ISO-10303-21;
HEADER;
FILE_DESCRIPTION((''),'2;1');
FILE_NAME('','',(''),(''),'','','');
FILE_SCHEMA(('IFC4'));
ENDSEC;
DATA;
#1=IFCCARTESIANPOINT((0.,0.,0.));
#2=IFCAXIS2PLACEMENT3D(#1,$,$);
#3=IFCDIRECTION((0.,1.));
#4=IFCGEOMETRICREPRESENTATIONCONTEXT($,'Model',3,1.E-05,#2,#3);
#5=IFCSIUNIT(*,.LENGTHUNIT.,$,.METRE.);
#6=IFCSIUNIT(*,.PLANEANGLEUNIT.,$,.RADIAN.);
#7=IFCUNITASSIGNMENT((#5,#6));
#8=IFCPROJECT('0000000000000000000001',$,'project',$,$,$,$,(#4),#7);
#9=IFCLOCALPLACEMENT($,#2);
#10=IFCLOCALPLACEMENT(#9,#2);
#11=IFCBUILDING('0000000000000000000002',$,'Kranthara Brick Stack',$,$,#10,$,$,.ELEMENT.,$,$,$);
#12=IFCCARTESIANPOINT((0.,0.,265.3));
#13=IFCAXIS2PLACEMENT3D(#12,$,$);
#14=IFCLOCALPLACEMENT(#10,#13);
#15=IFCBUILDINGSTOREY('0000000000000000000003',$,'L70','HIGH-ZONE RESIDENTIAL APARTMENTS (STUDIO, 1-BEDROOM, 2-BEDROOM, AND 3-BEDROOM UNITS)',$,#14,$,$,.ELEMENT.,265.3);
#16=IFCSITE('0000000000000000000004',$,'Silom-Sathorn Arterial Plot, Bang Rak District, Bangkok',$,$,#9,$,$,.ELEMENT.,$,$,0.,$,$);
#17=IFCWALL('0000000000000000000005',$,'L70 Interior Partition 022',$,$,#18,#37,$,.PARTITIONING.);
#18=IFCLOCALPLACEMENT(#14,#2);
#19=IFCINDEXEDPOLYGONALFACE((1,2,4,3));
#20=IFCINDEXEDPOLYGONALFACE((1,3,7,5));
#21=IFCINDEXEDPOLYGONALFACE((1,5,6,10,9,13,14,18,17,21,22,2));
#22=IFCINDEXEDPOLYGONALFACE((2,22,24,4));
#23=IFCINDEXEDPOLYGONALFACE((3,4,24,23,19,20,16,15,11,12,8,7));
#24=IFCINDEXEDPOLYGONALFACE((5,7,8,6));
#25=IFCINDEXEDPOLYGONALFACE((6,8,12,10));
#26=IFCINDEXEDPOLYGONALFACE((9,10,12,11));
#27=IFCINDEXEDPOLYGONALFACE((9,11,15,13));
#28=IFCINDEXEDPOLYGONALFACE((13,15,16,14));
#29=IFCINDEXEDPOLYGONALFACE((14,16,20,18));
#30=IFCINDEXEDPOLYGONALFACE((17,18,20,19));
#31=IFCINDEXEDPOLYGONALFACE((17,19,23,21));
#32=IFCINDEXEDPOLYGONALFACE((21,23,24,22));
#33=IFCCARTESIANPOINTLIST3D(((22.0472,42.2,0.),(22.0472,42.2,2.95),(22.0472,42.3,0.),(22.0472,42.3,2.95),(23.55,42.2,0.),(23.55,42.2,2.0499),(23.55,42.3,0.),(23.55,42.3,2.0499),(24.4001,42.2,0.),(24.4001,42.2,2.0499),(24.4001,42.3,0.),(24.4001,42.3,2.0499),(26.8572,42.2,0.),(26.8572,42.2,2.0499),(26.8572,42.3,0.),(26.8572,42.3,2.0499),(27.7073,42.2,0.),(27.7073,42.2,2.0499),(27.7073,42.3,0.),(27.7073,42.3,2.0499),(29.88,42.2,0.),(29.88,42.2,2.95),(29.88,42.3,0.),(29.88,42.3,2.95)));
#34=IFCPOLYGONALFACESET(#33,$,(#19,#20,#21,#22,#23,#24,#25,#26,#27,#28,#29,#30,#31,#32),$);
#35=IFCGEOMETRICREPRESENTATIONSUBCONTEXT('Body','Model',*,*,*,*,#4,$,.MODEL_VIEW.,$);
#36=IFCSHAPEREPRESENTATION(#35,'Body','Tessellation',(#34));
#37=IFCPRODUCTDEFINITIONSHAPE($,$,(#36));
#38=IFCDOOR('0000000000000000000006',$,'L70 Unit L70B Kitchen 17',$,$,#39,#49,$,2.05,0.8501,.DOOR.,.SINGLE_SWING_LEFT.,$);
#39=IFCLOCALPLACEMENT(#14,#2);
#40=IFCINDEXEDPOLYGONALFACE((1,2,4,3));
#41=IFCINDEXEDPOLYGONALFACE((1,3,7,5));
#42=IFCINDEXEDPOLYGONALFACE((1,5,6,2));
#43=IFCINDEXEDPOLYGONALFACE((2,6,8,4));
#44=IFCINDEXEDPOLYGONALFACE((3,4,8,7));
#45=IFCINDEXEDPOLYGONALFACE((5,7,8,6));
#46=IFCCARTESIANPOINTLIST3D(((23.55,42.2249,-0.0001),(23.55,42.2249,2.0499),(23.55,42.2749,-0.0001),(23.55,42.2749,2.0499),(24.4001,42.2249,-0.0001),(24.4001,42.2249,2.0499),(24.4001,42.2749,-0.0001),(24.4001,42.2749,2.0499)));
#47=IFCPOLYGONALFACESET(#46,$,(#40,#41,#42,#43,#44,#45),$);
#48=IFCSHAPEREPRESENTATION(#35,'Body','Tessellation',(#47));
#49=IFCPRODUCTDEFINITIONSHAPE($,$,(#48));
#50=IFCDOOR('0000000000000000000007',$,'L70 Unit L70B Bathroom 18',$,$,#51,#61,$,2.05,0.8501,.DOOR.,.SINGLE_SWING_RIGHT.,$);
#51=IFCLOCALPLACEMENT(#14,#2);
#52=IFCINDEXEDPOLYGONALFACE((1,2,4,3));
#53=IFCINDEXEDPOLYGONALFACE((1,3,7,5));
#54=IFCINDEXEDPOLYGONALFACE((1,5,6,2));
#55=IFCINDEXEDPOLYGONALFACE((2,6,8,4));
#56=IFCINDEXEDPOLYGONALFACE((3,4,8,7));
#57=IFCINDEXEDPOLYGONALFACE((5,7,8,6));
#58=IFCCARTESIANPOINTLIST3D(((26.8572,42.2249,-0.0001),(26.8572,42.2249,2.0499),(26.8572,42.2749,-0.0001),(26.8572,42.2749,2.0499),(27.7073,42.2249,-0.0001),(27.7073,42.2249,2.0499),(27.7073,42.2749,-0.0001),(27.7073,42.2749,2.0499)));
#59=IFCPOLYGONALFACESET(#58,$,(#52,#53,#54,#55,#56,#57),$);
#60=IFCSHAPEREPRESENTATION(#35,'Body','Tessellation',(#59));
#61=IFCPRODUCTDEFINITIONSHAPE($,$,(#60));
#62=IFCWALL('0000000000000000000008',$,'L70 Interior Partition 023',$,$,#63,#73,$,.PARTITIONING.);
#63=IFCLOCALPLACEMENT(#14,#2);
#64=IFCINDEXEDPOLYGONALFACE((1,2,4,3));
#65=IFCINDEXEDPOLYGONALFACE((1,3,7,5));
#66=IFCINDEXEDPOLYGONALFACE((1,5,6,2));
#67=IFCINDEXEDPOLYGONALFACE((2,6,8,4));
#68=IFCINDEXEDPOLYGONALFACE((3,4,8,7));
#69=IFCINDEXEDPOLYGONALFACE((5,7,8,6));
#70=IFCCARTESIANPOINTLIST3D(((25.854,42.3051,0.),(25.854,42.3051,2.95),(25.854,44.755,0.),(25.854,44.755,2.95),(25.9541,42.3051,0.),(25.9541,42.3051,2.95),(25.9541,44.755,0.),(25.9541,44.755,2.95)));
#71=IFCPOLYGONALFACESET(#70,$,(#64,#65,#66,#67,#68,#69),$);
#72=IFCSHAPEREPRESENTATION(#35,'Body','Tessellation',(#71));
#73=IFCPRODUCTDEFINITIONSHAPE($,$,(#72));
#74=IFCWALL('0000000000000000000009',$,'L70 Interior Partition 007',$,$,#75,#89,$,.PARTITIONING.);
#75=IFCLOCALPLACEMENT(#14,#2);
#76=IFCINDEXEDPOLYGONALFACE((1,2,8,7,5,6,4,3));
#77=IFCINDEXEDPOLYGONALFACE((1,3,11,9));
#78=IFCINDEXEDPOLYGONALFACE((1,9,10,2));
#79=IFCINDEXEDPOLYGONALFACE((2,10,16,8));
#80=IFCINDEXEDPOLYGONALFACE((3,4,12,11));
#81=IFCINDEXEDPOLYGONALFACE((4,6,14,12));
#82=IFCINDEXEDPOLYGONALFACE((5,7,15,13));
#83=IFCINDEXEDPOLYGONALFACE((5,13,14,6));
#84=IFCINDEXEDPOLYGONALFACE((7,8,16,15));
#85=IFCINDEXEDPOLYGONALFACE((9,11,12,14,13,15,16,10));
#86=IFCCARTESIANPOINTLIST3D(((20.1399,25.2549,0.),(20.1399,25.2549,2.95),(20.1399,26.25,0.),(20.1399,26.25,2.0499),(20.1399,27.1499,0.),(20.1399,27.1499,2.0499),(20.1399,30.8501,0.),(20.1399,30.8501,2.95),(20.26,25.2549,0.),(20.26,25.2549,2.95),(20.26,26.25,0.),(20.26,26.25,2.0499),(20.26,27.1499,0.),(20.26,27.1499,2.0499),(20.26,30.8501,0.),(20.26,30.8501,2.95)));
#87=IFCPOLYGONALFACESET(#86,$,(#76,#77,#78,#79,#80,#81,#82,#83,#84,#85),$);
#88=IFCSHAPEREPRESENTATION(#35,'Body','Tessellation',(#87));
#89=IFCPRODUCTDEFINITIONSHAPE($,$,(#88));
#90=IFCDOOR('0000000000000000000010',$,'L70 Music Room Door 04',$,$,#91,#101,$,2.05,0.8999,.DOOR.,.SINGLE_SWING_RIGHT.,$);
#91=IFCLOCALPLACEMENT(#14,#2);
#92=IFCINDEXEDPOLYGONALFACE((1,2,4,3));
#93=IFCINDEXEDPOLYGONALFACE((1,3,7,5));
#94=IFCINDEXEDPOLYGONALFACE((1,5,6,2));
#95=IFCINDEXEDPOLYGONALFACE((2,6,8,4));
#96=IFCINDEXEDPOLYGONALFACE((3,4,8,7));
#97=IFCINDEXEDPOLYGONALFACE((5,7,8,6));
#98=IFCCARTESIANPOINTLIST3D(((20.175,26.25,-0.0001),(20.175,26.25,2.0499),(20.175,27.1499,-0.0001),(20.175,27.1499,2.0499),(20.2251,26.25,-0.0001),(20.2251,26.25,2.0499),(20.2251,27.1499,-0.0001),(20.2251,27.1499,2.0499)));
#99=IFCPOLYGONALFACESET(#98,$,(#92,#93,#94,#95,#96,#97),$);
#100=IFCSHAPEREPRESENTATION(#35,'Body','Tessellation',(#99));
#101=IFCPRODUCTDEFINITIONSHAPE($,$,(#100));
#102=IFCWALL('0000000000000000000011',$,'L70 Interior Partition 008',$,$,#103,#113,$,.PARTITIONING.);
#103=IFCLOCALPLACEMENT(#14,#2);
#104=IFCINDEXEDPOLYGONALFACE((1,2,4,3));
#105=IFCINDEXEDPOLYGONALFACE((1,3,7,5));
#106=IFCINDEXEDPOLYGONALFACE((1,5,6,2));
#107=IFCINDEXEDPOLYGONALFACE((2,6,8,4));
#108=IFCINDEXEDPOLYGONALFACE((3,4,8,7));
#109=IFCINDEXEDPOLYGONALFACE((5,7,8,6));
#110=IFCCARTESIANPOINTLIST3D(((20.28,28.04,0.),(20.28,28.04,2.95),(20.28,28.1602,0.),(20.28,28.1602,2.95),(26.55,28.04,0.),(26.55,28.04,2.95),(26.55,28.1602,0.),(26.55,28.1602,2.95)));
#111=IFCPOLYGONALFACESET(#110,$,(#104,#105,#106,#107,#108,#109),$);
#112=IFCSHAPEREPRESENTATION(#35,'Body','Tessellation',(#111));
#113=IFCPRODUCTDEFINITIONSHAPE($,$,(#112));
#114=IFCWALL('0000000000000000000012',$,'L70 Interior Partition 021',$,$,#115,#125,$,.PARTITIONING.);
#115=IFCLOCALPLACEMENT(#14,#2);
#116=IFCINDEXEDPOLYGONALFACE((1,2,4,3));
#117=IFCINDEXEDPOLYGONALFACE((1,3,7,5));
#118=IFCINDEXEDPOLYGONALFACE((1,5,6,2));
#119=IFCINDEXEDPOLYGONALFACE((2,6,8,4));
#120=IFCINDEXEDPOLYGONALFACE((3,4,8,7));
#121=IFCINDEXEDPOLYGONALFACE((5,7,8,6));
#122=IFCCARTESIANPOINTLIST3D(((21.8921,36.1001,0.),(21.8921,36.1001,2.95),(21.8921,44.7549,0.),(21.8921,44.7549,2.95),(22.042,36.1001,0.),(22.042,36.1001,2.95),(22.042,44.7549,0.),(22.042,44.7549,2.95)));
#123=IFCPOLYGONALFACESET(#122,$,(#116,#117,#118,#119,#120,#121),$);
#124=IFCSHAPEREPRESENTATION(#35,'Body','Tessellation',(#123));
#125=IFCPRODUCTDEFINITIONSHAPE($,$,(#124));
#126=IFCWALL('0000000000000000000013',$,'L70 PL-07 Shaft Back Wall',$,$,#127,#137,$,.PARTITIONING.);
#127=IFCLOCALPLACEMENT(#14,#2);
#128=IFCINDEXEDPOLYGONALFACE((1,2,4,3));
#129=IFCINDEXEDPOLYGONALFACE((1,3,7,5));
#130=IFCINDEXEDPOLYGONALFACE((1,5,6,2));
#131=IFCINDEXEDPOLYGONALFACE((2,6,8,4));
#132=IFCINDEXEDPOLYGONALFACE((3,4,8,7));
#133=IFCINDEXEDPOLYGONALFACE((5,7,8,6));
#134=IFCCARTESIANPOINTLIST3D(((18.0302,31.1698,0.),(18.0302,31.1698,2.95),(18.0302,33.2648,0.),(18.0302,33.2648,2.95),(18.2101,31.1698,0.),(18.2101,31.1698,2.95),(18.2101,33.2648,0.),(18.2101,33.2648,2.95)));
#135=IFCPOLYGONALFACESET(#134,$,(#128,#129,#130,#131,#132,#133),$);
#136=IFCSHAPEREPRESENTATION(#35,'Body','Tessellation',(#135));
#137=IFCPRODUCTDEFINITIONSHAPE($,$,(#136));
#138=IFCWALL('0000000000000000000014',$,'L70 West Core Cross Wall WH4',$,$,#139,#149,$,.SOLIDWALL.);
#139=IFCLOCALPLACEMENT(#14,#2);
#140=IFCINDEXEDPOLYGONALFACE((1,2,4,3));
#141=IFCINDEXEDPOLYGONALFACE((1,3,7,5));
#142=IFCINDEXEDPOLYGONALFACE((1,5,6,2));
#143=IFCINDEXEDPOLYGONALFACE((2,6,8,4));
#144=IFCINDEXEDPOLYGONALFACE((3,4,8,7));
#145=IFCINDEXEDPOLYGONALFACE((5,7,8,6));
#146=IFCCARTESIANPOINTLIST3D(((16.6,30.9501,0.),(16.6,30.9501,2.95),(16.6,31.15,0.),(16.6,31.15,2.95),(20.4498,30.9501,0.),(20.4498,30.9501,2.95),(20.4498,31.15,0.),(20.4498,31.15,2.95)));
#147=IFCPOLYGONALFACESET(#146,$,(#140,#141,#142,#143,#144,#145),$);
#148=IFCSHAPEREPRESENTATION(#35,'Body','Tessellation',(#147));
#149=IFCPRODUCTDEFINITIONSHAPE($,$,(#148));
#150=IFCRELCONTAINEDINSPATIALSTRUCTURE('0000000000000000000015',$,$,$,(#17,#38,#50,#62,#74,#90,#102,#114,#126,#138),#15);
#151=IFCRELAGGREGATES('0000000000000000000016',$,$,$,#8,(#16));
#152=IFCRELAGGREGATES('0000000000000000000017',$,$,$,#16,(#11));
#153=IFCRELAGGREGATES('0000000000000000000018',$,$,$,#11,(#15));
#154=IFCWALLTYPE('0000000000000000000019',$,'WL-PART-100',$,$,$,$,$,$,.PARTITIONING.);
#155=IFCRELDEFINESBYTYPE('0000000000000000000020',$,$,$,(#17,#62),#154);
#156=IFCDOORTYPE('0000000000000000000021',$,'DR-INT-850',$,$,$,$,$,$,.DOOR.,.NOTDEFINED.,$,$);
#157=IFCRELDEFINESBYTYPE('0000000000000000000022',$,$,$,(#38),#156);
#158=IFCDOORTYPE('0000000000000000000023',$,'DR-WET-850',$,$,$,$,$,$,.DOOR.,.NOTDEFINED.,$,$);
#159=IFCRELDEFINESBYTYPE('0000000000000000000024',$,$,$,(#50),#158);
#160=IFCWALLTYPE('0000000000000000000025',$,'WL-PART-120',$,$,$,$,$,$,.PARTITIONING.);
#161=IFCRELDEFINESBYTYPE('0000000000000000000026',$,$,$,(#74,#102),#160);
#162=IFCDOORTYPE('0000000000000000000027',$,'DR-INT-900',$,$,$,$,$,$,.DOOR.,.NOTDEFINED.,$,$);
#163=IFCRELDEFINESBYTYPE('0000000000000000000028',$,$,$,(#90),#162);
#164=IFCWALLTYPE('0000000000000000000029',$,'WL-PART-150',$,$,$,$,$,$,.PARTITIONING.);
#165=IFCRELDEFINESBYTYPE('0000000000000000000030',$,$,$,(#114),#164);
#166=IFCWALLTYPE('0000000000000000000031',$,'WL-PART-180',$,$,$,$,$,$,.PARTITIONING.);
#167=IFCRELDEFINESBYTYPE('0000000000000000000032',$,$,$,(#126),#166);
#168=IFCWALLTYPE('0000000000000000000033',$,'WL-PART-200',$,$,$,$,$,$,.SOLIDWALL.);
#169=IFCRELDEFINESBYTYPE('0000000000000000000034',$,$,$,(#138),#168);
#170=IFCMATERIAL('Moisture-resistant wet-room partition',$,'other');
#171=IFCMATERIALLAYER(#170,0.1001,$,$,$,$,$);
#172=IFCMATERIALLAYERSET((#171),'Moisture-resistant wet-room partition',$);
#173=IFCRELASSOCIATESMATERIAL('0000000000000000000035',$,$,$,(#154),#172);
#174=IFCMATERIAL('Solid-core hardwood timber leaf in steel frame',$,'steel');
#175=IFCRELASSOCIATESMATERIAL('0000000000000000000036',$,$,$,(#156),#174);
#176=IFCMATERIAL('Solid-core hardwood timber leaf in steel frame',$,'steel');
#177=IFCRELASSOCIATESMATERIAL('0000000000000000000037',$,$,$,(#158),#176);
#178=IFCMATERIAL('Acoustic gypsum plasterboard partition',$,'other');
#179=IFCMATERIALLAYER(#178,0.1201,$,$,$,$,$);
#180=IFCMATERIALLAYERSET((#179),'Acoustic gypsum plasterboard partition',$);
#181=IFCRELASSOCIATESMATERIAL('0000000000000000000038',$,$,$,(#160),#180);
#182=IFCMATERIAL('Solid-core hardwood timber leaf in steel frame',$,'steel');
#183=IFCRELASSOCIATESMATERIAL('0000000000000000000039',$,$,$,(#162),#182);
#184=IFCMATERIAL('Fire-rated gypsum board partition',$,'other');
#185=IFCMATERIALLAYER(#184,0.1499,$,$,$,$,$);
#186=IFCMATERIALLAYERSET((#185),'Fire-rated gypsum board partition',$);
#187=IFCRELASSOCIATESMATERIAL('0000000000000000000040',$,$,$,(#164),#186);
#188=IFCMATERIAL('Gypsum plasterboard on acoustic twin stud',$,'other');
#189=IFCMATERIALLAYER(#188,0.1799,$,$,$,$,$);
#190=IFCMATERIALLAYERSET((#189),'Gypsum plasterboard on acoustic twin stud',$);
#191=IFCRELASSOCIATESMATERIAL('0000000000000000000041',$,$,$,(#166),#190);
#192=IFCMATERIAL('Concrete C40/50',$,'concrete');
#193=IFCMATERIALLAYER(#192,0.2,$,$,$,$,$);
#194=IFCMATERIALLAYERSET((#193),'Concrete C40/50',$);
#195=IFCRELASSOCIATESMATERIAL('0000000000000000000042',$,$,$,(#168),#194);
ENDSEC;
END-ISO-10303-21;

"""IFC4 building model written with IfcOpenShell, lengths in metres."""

from ifc_helpers import new_model, si_unit, direction, frame, frame_2d, origin, place, context, subcontext, project, spatial, rectangle, extrude, material, layer, layer_set, type_object, element, fill, save


model = new_model("IFC4")

# Units and contexts
model_context = context("Model", 3, precision=1e-05, world=origin(), true_north=direction((0.0, 1.0)))
body_context = subcontext(model_context, "Body", "Model", "MODEL_VIEW")
ifc_project = project(units=[si_unit("LENGTHUNIT", "METRE"), si_unit("PLANEANGLEUNIT", "RADIAN")], contexts=[model_context])

# Site, building, storey
site_placement = place(None, origin())
site = spatial("IfcSite", under=ifc_project, at=site_placement, Name="Silom-Sathorn Arterial Plot, Bang Rak District, Bangkok", CompositionType="ELEMENT", RefElevation=0.0)
building_placement = place(site_placement, origin())
building = spatial("IfcBuilding", under=site, at=building_placement, Name="Kranthara Brick Stack", CompositionType="ELEMENT")
storey_placement = place(building_placement, frame((0.0, 0.0, 265.3)))
storey = spatial("IfcBuildingStorey", under=building, at=storey_placement, Name="L70", Description="HIGH-ZONE RESIDENTIAL APARTMENTS (STUDIO, 1-BEDROOM, 2-BEDROOM, AND 3-BEDROOM UNITS)", CompositionType="ELEMENT", Elevation=265.3)

# Shared definitions
ifc_material_1 = material(Name="Moisture-resistant wet-room partition", Category="other")
ifc_layer_1 = layer(ifc_material_1, 0.1001)
ifc_layer_set_1 = layer_set([ifc_layer_1], Name="Moisture-resistant wet-room partition")
wall_type_1 = type_object("IfcWallType", Name="WL-PART-100", PredefinedType="PARTITIONING", material=ifc_layer_set_1)

# Wall, openings, doors
wall_1_placement = place(storey_placement, frame((22.0471, 42.25, 0.0), z_axis=(0.0, 0.0, 1.0), x_axis=(1.0, 0.0, 0.0)))
wall_1 = element("IfcWall", 1, at=wall_1_placement, inside=storey, type_object=wall_type_1, Name="L70 Interior Partition 022", PredefinedType="PARTITIONING", context=body_context, shape_type="SweptSolid", body=[
    extrude(rectangle(XDim=7.8328, YDim=0.1001, at=frame_2d((3.9165, 0.0))), origin(), (0.0, 0.0, 1.0), 2.95),
])
opening_1_placement = place(wall_1_placement, frame((1.5029, 0.0, 0.0)))
opening_1 = element("IfcOpeningElement", 2, at=opening_1_placement, cuts=wall_1, PredefinedType="OPENING", context=body_context, shape_type="SweptSolid", body=[
    extrude(rectangle(XDim=0.8501, YDim=2.05, at=frame_2d((0.425, 1.0249))), frame((0.0, 0.0601, 0.0), z_axis=(0.0, -1.0, 0.0), x_axis=(1.0, 0.0, 0.0)), (0.0, 0.0, 1.0), 0.1201),
])
opening_2_placement = place(wall_1_placement, frame((4.8101, 0.0, 0.0)))
opening_2 = element("IfcOpeningElement", 3, at=opening_2_placement, cuts=wall_1, PredefinedType="OPENING", context=body_context, shape_type="SweptSolid", body=[
    extrude(rectangle(XDim=0.8501, YDim=2.05, at=frame_2d((0.425, 1.0249))), frame((0.0, 0.0601, 0.0), z_axis=(0.0, -1.0, 0.0), x_axis=(1.0, 0.0, 0.0)), (0.0, 0.0, 1.0), 0.1201),
])
ifc_material_2 = material(Name="Solid-core hardwood timber leaf in steel frame", Category="steel")
door_type_1 = type_object("IfcDoorType", Name="DR-INT-850", OperationType="NOTDEFINED", PredefinedType="DOOR", material=ifc_material_2)
door_1_placement = place(opening_1_placement, origin())
door_1 = element("IfcDoor", 4, at=door_1_placement, inside=storey, type_object=door_type_1, Name="L70 Unit L70B Kitchen 17", OperationType="SINGLE_SWING_LEFT", OverallHeight=2.05, OverallWidth=0.8501, PredefinedType="DOOR", context=body_context, shape_type="SweptSolid", body=[
    extrude(rectangle(XDim=0.8501, YDim=2.05, at=frame_2d((0.425, 1.0249))), frame((0.0, 0.0249, 0.0), z_axis=(0.0, -1.0, 0.0), x_axis=(1.0, 0.0, 0.0)), (0.0, 0.0, 1.0), 0.05),
])
fill(opening_1, door_1)
ifc_material_3 = material(Name="Solid-core hardwood timber leaf in steel frame", Category="steel")
door_type_2 = type_object("IfcDoorType", Name="DR-WET-850", OperationType="NOTDEFINED", PredefinedType="DOOR", material=ifc_material_3)
door_2_placement = place(opening_2_placement, origin())
door_2 = element("IfcDoor", 5, at=door_2_placement, inside=storey, type_object=door_type_2, Name="L70 Unit L70B Bathroom 18", OperationType="SINGLE_SWING_RIGHT", OverallHeight=2.05, OverallWidth=0.8501, PredefinedType="DOOR", context=body_context, shape_type="SweptSolid", body=[
    extrude(rectangle(XDim=0.8501, YDim=2.05, at=frame_2d((0.425, 1.0249))), frame((0.0, 0.0249, 0.0), z_axis=(0.0, -1.0, 0.0), x_axis=(1.0, 0.0, 0.0)), (0.0, 0.0, 1.0), 0.05),
])
fill(opening_2, door_2)

# Wall
wall_2_placement = place(storey_placement, frame((25.9041, 42.3049, 0.0), z_axis=(0.0, 0.0, 1.0), x_axis=(0.0, 1.0, 0.0)))
element("IfcWall", 6, at=wall_2_placement, inside=storey, type_object=wall_type_1, Name="L70 Interior Partition 023", PredefinedType="PARTITIONING", context=body_context, shape_type="SweptSolid", body=[
    extrude(rectangle(XDim=2.45, YDim=0.1001, at=frame_2d((1.2251, 0.0))), origin(), (0.0, 0.0, 1.0), 2.95),
])

# Wall, opening, door
ifc_material_4 = material(Name="Acoustic gypsum plasterboard partition", Category="other")
ifc_layer_2 = layer(ifc_material_4, 0.1201)
ifc_layer_set_2 = layer_set([ifc_layer_2], Name="Acoustic gypsum plasterboard partition")
wall_type_2 = type_object("IfcWallType", Name="WL-PART-120", PredefinedType="PARTITIONING", material=ifc_layer_set_2)
wall_3_placement = place(storey_placement, frame((20.2, 25.2549, 0.0), z_axis=(0.0, 0.0, 1.0), x_axis=(0.0, 1.0, 0.0)))
wall_3 = element("IfcWall", 7, at=wall_3_placement, inside=storey, type_object=wall_type_2, Name="L70 Interior Partition 007", PredefinedType="PARTITIONING", context=body_context, shape_type="SweptSolid", body=[
    extrude(rectangle(XDim=5.5952, YDim=0.1201, at=frame_2d((2.7976, 0.0))), origin(), (0.0, 0.0, 1.0), 2.95),
])
opening_3_placement = place(wall_3_placement, frame((0.9951, 0.0, 0.0)))
opening_3 = element("IfcOpeningElement", 8, at=opening_3_placement, cuts=wall_3, PredefinedType="OPENING", context=body_context, shape_type="SweptSolid", body=[
    extrude(rectangle(XDim=0.8999, YDim=2.05, at=frame_2d((0.45, 1.0249))), frame((0.0, 0.0701, 0.0), z_axis=(0.0, -1.0, 0.0), x_axis=(1.0, 0.0, 0.0)), (0.0, 0.0, 1.0), 0.1401),
])
ifc_material_5 = material(Name="Solid-core hardwood timber leaf in steel frame", Category="steel")
door_type_3 = type_object("IfcDoorType", Name="DR-INT-900", OperationType="NOTDEFINED", PredefinedType="DOOR", material=ifc_material_5)
door_3_placement = place(opening_3_placement, origin())
door_3 = element("IfcDoor", 9, at=door_3_placement, inside=storey, type_object=door_type_3, Name="L70 Music Room Door 04", OperationType="SINGLE_SWING_RIGHT", OverallHeight=2.05, OverallWidth=0.8999, PredefinedType="DOOR", context=body_context, shape_type="SweptSolid", body=[
    extrude(rectangle(XDim=0.8999, YDim=2.05, at=frame_2d((0.45, 1.0249))), frame((0.0, 0.0249, 0.0), z_axis=(0.0, -1.0, 0.0), x_axis=(1.0, 0.0, 0.0)), (0.0, 0.0, 1.0), 0.05),
])
fill(opening_3, door_3)

# Walls
wall_4_placement = place(storey_placement, frame((20.28, 28.1001, 0.0), z_axis=(0.0, 0.0, 1.0), x_axis=(1.0, 0.0, 0.0)))
element("IfcWall", 10, at=wall_4_placement, inside=storey, type_object=wall_type_2, Name="L70 Interior Partition 008", PredefinedType="PARTITIONING", context=body_context, shape_type="SweptSolid", body=[
    extrude(rectangle(XDim=6.27, YDim=0.1201, at=frame_2d((3.135, 0.0))), origin(), (0.0, 0.0, 1.0), 2.95),
])
ifc_material_6 = material(Name="Fire-rated gypsum board partition", Category="other")
ifc_layer_3 = layer(ifc_material_6, 0.1499)
ifc_layer_set_3 = layer_set([ifc_layer_3], Name="Fire-rated gypsum board partition")
wall_type_3 = type_object("IfcWallType", Name="WL-PART-150", PredefinedType="PARTITIONING", material=ifc_layer_set_3)
wall_5_placement = place(storey_placement, frame((21.967, 36.1001, 0.0), z_axis=(0.0, 0.0, 1.0), x_axis=(0.0, 1.0, 0.0)))
element("IfcWall", 11, at=wall_5_placement, inside=storey, type_object=wall_type_3, Name="L70 Interior Partition 021", PredefinedType="PARTITIONING", context=body_context, shape_type="SweptSolid", body=[
    extrude(rectangle(XDim=8.6548, YDim=0.1499, at=frame_2d((4.3274, 0.0))), origin(), (0.0, 0.0, 1.0), 2.95),
])
ifc_material_7 = material(Name="Gypsum plasterboard on acoustic twin stud", Category="other")
ifc_layer_4 = layer(ifc_material_7, 0.1799)
ifc_layer_set_4 = layer_set([ifc_layer_4], Name="Gypsum plasterboard on acoustic twin stud")
wall_type_4 = type_object("IfcWallType", Name="WL-PART-180", PredefinedType="PARTITIONING", material=ifc_layer_set_4)
wall_6_placement = place(storey_placement, frame((18.1201, 31.1699, 0.0), z_axis=(0.0, 0.0, 1.0), x_axis=(0.0, 1.0, 0.0)))
element("IfcWall", 12, at=wall_6_placement, inside=storey, type_object=wall_type_4, Name="L70 PL-07 Shaft Back Wall", PredefinedType="PARTITIONING", context=body_context, shape_type="SweptSolid", body=[
    extrude(rectangle(XDim=2.095, YDim=0.1799, at=frame_2d((1.0474, 0.0))), origin(), (0.0, 0.0, 1.0), 2.95),
])
ifc_material_8 = material(Name="Concrete C40/50", Category="concrete")
ifc_layer_5 = layer(ifc_material_8, 0.2)
ifc_layer_set_5 = layer_set([ifc_layer_5], Name="Concrete C40/50")
wall_type_5 = type_object("IfcWallType", Name="WL-PART-200", PredefinedType="SOLIDWALL", material=ifc_layer_set_5)
wall_7_placement = place(storey_placement, frame((16.6001, 31.05, 0.0), z_axis=(0.0, 0.0, 1.0), x_axis=(1.0, 0.0, 0.0)))
element("IfcWall", 13, at=wall_7_placement, inside=storey, type_object=wall_type_5, Name="L70 West Core Cross Wall WH4", PredefinedType="SOLIDWALL", context=body_context, shape_type="SweptSolid", body=[
    extrude(rectangle(XDim=3.8499, YDim=0.2, at=frame_2d((1.9248, 0.0))), origin(), (0.0, 0.0, 1.0), 2.95),
])

save(model, "model.ifc")
